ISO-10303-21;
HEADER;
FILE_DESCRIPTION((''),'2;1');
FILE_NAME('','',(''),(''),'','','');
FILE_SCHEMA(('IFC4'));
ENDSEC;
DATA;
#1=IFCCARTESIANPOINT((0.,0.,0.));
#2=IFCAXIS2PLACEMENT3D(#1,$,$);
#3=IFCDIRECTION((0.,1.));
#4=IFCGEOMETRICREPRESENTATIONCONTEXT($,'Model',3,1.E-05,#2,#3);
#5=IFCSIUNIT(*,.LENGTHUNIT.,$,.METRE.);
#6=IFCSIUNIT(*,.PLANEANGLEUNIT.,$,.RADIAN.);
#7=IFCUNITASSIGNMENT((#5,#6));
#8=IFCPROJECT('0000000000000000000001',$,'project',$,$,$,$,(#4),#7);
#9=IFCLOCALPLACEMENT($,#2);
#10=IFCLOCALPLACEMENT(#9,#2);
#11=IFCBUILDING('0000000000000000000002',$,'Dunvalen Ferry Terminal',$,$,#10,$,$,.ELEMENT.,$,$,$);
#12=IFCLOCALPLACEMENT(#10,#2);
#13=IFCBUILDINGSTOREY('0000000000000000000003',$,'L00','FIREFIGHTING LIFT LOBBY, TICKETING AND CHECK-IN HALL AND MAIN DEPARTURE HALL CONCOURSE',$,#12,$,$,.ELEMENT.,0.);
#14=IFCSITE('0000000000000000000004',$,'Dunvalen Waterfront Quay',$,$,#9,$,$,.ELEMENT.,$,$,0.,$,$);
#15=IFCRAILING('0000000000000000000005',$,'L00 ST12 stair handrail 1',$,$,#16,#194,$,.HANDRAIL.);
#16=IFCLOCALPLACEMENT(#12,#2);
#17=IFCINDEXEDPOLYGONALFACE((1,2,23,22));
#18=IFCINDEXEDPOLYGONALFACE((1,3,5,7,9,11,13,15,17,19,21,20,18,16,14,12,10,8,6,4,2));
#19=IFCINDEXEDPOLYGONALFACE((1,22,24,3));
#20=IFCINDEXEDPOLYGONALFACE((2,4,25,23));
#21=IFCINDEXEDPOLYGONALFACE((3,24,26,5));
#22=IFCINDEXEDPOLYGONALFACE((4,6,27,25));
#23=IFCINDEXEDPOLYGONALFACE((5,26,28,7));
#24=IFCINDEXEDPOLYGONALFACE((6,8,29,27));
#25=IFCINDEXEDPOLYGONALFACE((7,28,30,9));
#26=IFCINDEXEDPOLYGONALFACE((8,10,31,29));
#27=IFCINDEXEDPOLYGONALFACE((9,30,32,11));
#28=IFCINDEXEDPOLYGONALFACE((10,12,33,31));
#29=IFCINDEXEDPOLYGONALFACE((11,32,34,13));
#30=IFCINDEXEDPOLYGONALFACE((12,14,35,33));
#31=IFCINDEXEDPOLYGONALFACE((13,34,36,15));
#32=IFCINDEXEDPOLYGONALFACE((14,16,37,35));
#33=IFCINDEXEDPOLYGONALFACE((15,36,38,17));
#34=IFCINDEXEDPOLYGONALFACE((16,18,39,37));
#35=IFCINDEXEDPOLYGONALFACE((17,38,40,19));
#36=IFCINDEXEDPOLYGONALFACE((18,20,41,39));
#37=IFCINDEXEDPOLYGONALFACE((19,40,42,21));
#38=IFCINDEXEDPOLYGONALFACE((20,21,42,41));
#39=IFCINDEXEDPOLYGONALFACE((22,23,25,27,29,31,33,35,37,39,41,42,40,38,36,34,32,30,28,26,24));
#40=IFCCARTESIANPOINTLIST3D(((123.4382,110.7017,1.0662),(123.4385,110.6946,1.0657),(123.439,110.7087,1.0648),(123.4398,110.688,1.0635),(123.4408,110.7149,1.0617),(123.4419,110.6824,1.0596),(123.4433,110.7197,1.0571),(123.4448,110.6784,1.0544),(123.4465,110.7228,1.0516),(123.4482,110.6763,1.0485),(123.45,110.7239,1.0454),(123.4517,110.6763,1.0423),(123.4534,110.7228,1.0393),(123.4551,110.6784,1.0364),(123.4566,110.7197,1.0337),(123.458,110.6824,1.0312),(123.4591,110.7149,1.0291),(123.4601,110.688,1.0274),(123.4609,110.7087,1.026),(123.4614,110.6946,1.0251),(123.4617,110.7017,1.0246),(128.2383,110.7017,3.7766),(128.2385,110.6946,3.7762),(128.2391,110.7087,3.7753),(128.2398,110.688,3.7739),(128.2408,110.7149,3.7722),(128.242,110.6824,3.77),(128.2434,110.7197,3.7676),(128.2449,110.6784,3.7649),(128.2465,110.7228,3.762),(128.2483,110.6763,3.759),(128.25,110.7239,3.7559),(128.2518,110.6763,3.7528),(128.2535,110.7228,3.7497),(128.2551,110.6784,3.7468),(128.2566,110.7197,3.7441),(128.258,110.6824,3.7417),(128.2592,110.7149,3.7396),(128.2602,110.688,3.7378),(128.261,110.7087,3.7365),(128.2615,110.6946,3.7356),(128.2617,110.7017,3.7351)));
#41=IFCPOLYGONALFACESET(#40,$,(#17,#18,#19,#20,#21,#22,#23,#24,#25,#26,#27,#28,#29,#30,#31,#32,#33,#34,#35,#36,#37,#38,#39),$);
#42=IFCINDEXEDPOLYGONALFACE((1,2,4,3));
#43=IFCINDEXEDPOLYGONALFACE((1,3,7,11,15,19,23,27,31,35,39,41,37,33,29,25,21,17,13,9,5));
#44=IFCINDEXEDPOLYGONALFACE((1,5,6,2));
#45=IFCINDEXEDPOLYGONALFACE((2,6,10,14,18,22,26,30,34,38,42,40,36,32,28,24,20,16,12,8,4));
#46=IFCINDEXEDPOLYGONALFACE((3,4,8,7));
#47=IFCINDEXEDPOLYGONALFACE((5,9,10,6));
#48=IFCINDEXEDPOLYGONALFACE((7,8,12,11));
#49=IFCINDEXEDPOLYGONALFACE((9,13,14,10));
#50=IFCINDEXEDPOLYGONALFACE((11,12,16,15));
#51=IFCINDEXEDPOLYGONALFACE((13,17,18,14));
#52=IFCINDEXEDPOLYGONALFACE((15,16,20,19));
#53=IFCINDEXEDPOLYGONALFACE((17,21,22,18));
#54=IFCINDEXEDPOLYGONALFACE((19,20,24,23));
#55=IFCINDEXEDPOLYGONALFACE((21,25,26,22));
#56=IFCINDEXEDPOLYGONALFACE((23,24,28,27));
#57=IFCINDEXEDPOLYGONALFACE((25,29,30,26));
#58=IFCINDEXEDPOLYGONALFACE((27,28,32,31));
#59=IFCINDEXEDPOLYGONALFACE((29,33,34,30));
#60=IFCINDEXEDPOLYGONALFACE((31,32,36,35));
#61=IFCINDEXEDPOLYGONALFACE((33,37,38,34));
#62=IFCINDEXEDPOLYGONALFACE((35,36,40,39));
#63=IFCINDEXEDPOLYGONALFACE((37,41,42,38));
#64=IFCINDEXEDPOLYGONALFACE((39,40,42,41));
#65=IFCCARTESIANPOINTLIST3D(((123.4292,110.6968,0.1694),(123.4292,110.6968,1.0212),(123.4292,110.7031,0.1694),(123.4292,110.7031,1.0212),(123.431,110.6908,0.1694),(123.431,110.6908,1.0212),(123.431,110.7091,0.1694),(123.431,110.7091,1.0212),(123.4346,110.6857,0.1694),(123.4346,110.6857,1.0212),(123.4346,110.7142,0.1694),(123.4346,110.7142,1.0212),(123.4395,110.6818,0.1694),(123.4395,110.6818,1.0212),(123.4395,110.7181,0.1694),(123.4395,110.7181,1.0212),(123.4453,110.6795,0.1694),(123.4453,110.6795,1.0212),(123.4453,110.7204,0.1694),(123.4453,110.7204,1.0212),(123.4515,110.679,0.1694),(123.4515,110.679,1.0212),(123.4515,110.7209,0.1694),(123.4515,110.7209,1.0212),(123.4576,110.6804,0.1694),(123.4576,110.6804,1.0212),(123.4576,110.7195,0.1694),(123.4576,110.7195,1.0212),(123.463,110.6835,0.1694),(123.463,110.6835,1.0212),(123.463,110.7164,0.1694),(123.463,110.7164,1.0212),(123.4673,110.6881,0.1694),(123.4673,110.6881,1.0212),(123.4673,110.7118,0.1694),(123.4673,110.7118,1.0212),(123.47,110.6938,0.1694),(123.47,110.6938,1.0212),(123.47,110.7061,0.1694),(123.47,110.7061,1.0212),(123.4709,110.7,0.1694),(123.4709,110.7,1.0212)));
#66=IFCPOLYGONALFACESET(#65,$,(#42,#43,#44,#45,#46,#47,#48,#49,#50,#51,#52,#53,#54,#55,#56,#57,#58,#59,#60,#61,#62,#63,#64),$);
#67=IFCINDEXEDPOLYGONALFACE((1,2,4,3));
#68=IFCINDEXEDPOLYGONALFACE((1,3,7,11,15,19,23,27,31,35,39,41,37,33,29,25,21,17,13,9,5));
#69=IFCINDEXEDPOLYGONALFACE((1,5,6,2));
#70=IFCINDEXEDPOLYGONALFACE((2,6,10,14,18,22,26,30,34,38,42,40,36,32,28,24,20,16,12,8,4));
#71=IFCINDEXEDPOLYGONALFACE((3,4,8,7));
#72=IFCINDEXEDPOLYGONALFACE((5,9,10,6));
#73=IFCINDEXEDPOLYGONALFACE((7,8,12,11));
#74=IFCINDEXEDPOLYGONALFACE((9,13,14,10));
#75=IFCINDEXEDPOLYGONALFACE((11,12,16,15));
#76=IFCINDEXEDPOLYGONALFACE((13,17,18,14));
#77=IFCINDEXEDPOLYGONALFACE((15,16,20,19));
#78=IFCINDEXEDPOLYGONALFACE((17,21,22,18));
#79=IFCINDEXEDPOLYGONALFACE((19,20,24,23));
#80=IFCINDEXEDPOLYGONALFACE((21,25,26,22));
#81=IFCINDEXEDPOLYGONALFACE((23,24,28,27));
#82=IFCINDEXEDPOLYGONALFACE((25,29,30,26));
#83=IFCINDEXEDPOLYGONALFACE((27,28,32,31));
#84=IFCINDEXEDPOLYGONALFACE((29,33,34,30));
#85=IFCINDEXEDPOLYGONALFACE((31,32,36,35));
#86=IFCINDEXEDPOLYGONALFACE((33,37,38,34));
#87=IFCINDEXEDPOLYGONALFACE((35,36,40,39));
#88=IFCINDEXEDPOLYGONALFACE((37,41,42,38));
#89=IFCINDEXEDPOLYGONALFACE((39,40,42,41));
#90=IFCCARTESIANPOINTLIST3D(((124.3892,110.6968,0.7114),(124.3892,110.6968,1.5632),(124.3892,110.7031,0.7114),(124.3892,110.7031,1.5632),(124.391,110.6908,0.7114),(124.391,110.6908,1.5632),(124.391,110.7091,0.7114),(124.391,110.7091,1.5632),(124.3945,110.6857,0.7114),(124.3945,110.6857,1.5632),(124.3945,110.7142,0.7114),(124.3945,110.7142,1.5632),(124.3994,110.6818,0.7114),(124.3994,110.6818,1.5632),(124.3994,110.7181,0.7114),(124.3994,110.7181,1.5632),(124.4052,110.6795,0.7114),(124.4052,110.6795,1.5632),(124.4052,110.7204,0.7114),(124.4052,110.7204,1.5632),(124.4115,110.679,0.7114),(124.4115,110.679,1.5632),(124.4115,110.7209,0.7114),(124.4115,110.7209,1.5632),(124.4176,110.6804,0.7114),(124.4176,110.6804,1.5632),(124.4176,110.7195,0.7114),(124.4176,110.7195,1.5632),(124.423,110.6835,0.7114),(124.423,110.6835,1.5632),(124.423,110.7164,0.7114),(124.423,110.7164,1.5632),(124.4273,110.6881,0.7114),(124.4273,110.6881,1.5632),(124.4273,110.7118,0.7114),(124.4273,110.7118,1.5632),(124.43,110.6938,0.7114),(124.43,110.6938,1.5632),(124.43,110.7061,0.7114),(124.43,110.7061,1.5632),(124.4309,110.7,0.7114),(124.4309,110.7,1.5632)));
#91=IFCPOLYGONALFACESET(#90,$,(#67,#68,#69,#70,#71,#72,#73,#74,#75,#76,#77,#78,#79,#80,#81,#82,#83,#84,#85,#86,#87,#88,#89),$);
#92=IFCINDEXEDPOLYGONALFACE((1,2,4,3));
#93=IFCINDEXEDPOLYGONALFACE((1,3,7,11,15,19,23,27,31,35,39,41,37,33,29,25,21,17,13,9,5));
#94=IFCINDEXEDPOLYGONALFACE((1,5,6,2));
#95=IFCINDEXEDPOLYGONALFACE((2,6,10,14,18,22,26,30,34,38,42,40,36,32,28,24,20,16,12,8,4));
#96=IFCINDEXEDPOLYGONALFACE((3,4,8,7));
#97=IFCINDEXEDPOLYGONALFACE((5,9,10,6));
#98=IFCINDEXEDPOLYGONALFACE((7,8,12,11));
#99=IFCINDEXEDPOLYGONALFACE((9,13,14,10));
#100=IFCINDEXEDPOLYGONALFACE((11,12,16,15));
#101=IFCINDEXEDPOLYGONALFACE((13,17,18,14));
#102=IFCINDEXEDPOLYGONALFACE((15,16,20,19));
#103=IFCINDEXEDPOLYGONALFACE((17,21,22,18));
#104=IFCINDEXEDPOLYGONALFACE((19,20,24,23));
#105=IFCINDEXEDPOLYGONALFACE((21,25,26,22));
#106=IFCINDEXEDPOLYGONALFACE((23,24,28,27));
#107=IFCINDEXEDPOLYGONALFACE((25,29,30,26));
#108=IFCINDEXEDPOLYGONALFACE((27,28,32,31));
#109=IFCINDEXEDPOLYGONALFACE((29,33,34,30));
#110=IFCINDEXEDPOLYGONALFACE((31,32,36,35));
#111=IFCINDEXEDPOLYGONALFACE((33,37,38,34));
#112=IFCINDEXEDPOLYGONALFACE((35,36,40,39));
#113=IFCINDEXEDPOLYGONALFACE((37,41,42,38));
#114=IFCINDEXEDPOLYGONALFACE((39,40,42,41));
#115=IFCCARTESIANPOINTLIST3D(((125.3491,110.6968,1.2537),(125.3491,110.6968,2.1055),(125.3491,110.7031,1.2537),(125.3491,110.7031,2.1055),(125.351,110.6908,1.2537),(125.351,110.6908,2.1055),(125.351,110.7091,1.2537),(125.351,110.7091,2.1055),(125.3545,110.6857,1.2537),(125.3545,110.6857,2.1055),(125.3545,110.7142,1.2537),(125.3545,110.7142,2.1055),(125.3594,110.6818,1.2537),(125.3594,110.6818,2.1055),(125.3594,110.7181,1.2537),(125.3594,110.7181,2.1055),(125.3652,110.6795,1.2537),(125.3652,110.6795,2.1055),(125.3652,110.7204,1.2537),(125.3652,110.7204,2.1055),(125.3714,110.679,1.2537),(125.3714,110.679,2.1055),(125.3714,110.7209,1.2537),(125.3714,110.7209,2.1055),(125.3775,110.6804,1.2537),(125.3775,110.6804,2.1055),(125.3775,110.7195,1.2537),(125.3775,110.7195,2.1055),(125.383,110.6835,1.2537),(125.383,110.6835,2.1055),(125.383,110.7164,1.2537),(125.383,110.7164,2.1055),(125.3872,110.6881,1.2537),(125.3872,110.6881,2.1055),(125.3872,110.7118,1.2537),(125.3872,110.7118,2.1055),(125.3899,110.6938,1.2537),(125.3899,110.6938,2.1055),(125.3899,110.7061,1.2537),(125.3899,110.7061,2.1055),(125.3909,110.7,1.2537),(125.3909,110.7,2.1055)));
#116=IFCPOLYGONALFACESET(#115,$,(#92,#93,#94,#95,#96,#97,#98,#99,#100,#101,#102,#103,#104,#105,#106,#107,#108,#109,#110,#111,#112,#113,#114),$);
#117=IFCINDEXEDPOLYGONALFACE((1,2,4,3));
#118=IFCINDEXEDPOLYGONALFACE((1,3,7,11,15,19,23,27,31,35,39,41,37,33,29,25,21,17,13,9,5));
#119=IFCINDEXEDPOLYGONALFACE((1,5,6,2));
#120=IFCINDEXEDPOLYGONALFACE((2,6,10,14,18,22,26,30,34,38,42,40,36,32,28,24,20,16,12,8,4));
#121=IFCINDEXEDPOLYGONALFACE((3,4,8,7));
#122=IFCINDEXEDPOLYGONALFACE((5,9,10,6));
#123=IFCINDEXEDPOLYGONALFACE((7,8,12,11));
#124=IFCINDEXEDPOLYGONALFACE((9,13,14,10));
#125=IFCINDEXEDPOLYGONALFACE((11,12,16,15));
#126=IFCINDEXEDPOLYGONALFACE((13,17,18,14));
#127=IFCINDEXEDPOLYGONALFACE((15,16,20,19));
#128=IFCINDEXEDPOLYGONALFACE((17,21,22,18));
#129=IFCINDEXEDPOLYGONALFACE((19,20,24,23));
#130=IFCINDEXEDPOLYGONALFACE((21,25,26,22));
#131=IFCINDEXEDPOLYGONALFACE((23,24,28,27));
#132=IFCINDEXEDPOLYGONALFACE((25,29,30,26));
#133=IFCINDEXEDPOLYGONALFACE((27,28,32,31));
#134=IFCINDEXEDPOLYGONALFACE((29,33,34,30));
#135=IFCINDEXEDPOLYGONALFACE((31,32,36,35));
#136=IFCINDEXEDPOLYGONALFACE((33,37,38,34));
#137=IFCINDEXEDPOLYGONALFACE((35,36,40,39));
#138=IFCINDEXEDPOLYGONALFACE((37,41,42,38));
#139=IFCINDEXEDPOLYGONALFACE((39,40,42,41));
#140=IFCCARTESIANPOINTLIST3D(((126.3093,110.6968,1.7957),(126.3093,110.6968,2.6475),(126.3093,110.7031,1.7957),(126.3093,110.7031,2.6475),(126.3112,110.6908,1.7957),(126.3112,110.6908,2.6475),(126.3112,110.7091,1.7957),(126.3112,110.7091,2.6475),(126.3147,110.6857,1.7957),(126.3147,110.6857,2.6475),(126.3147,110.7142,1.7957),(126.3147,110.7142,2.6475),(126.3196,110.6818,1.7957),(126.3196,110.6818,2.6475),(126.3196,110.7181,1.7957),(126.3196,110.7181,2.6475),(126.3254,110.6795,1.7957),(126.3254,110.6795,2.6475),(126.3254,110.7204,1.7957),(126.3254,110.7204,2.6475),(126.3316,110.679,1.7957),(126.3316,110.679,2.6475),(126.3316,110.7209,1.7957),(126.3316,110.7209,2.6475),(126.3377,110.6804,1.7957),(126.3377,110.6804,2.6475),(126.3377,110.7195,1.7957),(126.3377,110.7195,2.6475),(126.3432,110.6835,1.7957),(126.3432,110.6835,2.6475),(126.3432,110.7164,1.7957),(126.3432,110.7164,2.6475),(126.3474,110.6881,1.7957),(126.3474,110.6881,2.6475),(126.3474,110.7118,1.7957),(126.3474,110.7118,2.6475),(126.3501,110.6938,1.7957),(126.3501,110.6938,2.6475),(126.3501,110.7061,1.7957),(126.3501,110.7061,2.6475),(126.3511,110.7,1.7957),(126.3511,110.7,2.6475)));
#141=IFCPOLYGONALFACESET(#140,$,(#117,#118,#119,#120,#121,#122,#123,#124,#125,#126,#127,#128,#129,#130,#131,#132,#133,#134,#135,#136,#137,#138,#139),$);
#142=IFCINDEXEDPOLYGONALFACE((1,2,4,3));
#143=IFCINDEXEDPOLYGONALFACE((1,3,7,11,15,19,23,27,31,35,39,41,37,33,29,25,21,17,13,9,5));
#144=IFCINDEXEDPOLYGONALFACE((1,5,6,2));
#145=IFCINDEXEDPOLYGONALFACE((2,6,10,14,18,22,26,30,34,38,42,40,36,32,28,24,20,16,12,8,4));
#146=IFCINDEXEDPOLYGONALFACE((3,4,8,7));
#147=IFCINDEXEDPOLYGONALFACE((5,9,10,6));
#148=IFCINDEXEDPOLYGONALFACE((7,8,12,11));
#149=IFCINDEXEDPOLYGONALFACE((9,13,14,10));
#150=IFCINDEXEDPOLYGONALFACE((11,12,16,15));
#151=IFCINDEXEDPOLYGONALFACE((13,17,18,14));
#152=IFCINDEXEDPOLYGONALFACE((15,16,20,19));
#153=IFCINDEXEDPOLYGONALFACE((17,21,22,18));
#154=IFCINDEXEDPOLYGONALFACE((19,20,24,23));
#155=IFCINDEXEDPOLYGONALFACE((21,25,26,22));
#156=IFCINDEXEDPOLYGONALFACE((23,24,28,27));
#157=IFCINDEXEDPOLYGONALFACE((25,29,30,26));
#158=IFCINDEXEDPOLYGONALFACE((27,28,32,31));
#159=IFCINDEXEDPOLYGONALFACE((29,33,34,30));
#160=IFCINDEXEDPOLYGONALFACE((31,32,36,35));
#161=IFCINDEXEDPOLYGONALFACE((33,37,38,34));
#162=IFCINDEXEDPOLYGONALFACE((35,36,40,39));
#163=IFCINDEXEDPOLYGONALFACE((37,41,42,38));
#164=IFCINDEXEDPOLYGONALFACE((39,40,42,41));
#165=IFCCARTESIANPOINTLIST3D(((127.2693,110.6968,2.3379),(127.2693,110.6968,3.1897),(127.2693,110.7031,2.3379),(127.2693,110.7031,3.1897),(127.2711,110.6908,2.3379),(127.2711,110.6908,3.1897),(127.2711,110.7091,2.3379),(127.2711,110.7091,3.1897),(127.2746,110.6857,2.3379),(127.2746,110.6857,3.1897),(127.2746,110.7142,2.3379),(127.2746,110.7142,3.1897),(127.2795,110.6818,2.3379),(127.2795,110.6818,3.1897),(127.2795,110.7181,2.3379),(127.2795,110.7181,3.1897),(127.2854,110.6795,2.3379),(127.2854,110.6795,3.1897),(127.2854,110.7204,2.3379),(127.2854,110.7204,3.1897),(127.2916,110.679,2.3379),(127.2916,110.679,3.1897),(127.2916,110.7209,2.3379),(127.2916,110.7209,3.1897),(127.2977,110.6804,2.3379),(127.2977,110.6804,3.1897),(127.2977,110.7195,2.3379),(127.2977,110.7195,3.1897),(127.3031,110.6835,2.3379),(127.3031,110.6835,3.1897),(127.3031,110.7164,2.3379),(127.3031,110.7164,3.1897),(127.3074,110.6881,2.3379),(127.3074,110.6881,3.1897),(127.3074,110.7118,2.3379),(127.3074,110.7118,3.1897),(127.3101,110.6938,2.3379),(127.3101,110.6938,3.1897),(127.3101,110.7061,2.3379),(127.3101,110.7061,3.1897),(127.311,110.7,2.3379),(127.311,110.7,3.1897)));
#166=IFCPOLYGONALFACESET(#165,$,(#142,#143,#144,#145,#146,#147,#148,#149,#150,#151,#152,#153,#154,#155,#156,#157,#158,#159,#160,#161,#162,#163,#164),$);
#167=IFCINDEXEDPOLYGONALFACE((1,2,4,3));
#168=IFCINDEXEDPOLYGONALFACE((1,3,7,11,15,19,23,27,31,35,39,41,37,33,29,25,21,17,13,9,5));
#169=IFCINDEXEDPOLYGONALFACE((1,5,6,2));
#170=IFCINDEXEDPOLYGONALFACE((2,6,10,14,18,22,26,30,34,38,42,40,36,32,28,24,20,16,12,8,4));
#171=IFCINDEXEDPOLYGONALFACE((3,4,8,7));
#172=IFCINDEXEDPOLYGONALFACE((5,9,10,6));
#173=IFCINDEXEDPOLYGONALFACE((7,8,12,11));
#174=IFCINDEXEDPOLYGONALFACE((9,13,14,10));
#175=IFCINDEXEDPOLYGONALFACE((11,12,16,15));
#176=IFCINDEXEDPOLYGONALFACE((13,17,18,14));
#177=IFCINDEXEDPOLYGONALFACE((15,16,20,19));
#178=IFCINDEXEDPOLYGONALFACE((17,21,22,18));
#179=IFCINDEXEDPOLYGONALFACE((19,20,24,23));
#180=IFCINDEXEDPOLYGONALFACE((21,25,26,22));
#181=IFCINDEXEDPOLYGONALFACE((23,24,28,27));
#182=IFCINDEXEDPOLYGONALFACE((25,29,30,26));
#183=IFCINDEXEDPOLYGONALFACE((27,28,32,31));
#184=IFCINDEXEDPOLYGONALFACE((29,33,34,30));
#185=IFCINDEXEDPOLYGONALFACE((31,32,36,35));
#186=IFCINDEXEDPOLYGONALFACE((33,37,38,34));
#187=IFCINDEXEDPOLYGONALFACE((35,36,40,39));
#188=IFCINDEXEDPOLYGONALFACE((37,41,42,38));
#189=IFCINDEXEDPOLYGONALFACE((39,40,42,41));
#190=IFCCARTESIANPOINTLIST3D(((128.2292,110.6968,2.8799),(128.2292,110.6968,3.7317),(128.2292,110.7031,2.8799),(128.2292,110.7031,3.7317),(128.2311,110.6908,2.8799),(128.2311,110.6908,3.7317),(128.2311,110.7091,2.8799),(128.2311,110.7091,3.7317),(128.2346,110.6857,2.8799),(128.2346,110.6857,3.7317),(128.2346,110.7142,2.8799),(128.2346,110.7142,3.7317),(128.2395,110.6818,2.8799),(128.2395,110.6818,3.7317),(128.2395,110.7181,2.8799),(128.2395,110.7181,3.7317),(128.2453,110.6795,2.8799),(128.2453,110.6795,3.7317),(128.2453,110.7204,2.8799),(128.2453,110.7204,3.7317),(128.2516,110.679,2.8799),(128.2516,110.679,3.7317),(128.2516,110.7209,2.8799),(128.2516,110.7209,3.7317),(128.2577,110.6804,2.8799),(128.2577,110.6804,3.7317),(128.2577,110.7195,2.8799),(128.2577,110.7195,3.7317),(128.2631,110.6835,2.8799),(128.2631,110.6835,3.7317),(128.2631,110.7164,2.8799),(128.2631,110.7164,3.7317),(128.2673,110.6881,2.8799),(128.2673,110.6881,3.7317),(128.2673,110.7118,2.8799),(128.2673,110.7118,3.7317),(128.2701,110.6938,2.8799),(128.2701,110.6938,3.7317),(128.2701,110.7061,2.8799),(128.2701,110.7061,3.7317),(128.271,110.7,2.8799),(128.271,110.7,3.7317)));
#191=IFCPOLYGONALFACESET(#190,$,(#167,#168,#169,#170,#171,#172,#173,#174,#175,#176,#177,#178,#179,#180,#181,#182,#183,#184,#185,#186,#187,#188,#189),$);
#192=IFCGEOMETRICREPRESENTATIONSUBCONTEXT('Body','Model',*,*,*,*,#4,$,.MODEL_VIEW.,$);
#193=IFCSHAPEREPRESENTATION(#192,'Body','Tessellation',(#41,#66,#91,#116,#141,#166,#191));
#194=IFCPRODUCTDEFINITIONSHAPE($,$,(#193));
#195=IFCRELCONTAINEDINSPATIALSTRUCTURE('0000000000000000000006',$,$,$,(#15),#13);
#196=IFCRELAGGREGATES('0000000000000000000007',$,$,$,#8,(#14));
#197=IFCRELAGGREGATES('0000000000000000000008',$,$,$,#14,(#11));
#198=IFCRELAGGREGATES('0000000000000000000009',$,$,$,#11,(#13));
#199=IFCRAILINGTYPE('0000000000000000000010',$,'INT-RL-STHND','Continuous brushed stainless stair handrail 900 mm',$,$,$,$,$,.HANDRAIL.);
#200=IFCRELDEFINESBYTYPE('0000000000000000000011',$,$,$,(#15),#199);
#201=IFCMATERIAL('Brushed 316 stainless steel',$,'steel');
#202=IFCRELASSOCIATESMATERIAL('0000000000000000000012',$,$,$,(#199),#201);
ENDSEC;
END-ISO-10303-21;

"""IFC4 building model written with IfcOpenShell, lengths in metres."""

from ifc_helpers import new_model, si_unit, direction, frame, origin, origin_2d, place, context, subcontext, project, spatial, circle, extrude, material, type_object, element, save


model = new_model("IFC4")

# Units and contexts
model_context = context("Model", 3, precision=1e-05, world=origin(), true_north=direction((0.0, 1.0)))
body_context = subcontext(model_context, "Body", "Model", "MODEL_VIEW")
ifc_project = project(units=[si_unit("LENGTHUNIT", "METRE"), si_unit("PLANEANGLEUNIT", "RADIAN")], contexts=[model_context])

# Site, building, storey
site_placement = place(None, origin())
site = spatial("IfcSite", under=ifc_project, at=site_placement, Name="Dunvalen Waterfront Quay", CompositionType="ELEMENT", RefElevation=0.0)
building_placement = place(site_placement, origin())
building = spatial("IfcBuilding", under=site, at=building_placement, Name="Dunvalen Ferry Terminal", CompositionType="ELEMENT")
storey_placement = place(building_placement, origin())
storey = spatial("IfcBuildingStorey", under=building, at=storey_placement, Name="L00", Description="FIREFIGHTING LIFT LOBBY, TICKETING AND CHECK-IN HALL AND MAIN DEPARTURE HALL CONCOURSE", CompositionType="ELEMENT", Elevation=0.0)

# Railing
ifc_material_1 = material(Name="Brushed 316 stainless steel", Category="steel")
railing_type_1 = type_object("IfcRailingType", Name="INT-RL-STHND", Description="Continuous brushed stainless stair handrail 900 mm", PredefinedType="HANDRAIL", material=ifc_material_1)
railing_1_placement = place(storey_placement, frame((123.45, 110.7, 0.1694)))
element("IfcRailing", 1, at=railing_1_placement, inside=storey, type_object=railing_type_1, Name="L00 ST12 stair handrail 1", PredefinedType="HANDRAIL", context=body_context, shape_type="SweptSolid", body=[
    extrude(circle(Radius=0.0239, at=origin_2d()), frame((0.0, 0.0, 0.876), z_axis=(0.870767, 0.0, 0.491697), x_axis=(0.0, 1.0, 0.0)), (0.0, 0.0, 1.0), 5.5125),
    extrude(circle(Radius=0.021, at=origin_2d()), origin(), (0.0, 0.0, 1.0), 0.8518),
    extrude(circle(Radius=0.021, at=origin_2d()), frame((0.96, 0.0, 0.542)), (0.0, 0.0, 1.0), 0.8518),
    extrude(circle(Radius=0.021, at=origin_2d()), frame((1.9199, 0.0, 1.0842)), (0.0, 0.0, 1.0), 0.8518),
    extrude(circle(Radius=0.021, at=origin_2d()), frame((2.8801, 0.0, 1.6262)), (0.0, 0.0, 1.0), 0.8518),
    extrude(circle(Radius=0.021, at=origin_2d()), frame((3.8401, 0.0, 2.1685)), (0.0, 0.0, 1.0), 0.8518),
    extrude(circle(Radius=0.021, at=origin_2d()), frame((4.8, 0.0, 2.7104)), (0.0, 0.0, 1.0), 0.8518),
])

save(model, "model.ifc")
